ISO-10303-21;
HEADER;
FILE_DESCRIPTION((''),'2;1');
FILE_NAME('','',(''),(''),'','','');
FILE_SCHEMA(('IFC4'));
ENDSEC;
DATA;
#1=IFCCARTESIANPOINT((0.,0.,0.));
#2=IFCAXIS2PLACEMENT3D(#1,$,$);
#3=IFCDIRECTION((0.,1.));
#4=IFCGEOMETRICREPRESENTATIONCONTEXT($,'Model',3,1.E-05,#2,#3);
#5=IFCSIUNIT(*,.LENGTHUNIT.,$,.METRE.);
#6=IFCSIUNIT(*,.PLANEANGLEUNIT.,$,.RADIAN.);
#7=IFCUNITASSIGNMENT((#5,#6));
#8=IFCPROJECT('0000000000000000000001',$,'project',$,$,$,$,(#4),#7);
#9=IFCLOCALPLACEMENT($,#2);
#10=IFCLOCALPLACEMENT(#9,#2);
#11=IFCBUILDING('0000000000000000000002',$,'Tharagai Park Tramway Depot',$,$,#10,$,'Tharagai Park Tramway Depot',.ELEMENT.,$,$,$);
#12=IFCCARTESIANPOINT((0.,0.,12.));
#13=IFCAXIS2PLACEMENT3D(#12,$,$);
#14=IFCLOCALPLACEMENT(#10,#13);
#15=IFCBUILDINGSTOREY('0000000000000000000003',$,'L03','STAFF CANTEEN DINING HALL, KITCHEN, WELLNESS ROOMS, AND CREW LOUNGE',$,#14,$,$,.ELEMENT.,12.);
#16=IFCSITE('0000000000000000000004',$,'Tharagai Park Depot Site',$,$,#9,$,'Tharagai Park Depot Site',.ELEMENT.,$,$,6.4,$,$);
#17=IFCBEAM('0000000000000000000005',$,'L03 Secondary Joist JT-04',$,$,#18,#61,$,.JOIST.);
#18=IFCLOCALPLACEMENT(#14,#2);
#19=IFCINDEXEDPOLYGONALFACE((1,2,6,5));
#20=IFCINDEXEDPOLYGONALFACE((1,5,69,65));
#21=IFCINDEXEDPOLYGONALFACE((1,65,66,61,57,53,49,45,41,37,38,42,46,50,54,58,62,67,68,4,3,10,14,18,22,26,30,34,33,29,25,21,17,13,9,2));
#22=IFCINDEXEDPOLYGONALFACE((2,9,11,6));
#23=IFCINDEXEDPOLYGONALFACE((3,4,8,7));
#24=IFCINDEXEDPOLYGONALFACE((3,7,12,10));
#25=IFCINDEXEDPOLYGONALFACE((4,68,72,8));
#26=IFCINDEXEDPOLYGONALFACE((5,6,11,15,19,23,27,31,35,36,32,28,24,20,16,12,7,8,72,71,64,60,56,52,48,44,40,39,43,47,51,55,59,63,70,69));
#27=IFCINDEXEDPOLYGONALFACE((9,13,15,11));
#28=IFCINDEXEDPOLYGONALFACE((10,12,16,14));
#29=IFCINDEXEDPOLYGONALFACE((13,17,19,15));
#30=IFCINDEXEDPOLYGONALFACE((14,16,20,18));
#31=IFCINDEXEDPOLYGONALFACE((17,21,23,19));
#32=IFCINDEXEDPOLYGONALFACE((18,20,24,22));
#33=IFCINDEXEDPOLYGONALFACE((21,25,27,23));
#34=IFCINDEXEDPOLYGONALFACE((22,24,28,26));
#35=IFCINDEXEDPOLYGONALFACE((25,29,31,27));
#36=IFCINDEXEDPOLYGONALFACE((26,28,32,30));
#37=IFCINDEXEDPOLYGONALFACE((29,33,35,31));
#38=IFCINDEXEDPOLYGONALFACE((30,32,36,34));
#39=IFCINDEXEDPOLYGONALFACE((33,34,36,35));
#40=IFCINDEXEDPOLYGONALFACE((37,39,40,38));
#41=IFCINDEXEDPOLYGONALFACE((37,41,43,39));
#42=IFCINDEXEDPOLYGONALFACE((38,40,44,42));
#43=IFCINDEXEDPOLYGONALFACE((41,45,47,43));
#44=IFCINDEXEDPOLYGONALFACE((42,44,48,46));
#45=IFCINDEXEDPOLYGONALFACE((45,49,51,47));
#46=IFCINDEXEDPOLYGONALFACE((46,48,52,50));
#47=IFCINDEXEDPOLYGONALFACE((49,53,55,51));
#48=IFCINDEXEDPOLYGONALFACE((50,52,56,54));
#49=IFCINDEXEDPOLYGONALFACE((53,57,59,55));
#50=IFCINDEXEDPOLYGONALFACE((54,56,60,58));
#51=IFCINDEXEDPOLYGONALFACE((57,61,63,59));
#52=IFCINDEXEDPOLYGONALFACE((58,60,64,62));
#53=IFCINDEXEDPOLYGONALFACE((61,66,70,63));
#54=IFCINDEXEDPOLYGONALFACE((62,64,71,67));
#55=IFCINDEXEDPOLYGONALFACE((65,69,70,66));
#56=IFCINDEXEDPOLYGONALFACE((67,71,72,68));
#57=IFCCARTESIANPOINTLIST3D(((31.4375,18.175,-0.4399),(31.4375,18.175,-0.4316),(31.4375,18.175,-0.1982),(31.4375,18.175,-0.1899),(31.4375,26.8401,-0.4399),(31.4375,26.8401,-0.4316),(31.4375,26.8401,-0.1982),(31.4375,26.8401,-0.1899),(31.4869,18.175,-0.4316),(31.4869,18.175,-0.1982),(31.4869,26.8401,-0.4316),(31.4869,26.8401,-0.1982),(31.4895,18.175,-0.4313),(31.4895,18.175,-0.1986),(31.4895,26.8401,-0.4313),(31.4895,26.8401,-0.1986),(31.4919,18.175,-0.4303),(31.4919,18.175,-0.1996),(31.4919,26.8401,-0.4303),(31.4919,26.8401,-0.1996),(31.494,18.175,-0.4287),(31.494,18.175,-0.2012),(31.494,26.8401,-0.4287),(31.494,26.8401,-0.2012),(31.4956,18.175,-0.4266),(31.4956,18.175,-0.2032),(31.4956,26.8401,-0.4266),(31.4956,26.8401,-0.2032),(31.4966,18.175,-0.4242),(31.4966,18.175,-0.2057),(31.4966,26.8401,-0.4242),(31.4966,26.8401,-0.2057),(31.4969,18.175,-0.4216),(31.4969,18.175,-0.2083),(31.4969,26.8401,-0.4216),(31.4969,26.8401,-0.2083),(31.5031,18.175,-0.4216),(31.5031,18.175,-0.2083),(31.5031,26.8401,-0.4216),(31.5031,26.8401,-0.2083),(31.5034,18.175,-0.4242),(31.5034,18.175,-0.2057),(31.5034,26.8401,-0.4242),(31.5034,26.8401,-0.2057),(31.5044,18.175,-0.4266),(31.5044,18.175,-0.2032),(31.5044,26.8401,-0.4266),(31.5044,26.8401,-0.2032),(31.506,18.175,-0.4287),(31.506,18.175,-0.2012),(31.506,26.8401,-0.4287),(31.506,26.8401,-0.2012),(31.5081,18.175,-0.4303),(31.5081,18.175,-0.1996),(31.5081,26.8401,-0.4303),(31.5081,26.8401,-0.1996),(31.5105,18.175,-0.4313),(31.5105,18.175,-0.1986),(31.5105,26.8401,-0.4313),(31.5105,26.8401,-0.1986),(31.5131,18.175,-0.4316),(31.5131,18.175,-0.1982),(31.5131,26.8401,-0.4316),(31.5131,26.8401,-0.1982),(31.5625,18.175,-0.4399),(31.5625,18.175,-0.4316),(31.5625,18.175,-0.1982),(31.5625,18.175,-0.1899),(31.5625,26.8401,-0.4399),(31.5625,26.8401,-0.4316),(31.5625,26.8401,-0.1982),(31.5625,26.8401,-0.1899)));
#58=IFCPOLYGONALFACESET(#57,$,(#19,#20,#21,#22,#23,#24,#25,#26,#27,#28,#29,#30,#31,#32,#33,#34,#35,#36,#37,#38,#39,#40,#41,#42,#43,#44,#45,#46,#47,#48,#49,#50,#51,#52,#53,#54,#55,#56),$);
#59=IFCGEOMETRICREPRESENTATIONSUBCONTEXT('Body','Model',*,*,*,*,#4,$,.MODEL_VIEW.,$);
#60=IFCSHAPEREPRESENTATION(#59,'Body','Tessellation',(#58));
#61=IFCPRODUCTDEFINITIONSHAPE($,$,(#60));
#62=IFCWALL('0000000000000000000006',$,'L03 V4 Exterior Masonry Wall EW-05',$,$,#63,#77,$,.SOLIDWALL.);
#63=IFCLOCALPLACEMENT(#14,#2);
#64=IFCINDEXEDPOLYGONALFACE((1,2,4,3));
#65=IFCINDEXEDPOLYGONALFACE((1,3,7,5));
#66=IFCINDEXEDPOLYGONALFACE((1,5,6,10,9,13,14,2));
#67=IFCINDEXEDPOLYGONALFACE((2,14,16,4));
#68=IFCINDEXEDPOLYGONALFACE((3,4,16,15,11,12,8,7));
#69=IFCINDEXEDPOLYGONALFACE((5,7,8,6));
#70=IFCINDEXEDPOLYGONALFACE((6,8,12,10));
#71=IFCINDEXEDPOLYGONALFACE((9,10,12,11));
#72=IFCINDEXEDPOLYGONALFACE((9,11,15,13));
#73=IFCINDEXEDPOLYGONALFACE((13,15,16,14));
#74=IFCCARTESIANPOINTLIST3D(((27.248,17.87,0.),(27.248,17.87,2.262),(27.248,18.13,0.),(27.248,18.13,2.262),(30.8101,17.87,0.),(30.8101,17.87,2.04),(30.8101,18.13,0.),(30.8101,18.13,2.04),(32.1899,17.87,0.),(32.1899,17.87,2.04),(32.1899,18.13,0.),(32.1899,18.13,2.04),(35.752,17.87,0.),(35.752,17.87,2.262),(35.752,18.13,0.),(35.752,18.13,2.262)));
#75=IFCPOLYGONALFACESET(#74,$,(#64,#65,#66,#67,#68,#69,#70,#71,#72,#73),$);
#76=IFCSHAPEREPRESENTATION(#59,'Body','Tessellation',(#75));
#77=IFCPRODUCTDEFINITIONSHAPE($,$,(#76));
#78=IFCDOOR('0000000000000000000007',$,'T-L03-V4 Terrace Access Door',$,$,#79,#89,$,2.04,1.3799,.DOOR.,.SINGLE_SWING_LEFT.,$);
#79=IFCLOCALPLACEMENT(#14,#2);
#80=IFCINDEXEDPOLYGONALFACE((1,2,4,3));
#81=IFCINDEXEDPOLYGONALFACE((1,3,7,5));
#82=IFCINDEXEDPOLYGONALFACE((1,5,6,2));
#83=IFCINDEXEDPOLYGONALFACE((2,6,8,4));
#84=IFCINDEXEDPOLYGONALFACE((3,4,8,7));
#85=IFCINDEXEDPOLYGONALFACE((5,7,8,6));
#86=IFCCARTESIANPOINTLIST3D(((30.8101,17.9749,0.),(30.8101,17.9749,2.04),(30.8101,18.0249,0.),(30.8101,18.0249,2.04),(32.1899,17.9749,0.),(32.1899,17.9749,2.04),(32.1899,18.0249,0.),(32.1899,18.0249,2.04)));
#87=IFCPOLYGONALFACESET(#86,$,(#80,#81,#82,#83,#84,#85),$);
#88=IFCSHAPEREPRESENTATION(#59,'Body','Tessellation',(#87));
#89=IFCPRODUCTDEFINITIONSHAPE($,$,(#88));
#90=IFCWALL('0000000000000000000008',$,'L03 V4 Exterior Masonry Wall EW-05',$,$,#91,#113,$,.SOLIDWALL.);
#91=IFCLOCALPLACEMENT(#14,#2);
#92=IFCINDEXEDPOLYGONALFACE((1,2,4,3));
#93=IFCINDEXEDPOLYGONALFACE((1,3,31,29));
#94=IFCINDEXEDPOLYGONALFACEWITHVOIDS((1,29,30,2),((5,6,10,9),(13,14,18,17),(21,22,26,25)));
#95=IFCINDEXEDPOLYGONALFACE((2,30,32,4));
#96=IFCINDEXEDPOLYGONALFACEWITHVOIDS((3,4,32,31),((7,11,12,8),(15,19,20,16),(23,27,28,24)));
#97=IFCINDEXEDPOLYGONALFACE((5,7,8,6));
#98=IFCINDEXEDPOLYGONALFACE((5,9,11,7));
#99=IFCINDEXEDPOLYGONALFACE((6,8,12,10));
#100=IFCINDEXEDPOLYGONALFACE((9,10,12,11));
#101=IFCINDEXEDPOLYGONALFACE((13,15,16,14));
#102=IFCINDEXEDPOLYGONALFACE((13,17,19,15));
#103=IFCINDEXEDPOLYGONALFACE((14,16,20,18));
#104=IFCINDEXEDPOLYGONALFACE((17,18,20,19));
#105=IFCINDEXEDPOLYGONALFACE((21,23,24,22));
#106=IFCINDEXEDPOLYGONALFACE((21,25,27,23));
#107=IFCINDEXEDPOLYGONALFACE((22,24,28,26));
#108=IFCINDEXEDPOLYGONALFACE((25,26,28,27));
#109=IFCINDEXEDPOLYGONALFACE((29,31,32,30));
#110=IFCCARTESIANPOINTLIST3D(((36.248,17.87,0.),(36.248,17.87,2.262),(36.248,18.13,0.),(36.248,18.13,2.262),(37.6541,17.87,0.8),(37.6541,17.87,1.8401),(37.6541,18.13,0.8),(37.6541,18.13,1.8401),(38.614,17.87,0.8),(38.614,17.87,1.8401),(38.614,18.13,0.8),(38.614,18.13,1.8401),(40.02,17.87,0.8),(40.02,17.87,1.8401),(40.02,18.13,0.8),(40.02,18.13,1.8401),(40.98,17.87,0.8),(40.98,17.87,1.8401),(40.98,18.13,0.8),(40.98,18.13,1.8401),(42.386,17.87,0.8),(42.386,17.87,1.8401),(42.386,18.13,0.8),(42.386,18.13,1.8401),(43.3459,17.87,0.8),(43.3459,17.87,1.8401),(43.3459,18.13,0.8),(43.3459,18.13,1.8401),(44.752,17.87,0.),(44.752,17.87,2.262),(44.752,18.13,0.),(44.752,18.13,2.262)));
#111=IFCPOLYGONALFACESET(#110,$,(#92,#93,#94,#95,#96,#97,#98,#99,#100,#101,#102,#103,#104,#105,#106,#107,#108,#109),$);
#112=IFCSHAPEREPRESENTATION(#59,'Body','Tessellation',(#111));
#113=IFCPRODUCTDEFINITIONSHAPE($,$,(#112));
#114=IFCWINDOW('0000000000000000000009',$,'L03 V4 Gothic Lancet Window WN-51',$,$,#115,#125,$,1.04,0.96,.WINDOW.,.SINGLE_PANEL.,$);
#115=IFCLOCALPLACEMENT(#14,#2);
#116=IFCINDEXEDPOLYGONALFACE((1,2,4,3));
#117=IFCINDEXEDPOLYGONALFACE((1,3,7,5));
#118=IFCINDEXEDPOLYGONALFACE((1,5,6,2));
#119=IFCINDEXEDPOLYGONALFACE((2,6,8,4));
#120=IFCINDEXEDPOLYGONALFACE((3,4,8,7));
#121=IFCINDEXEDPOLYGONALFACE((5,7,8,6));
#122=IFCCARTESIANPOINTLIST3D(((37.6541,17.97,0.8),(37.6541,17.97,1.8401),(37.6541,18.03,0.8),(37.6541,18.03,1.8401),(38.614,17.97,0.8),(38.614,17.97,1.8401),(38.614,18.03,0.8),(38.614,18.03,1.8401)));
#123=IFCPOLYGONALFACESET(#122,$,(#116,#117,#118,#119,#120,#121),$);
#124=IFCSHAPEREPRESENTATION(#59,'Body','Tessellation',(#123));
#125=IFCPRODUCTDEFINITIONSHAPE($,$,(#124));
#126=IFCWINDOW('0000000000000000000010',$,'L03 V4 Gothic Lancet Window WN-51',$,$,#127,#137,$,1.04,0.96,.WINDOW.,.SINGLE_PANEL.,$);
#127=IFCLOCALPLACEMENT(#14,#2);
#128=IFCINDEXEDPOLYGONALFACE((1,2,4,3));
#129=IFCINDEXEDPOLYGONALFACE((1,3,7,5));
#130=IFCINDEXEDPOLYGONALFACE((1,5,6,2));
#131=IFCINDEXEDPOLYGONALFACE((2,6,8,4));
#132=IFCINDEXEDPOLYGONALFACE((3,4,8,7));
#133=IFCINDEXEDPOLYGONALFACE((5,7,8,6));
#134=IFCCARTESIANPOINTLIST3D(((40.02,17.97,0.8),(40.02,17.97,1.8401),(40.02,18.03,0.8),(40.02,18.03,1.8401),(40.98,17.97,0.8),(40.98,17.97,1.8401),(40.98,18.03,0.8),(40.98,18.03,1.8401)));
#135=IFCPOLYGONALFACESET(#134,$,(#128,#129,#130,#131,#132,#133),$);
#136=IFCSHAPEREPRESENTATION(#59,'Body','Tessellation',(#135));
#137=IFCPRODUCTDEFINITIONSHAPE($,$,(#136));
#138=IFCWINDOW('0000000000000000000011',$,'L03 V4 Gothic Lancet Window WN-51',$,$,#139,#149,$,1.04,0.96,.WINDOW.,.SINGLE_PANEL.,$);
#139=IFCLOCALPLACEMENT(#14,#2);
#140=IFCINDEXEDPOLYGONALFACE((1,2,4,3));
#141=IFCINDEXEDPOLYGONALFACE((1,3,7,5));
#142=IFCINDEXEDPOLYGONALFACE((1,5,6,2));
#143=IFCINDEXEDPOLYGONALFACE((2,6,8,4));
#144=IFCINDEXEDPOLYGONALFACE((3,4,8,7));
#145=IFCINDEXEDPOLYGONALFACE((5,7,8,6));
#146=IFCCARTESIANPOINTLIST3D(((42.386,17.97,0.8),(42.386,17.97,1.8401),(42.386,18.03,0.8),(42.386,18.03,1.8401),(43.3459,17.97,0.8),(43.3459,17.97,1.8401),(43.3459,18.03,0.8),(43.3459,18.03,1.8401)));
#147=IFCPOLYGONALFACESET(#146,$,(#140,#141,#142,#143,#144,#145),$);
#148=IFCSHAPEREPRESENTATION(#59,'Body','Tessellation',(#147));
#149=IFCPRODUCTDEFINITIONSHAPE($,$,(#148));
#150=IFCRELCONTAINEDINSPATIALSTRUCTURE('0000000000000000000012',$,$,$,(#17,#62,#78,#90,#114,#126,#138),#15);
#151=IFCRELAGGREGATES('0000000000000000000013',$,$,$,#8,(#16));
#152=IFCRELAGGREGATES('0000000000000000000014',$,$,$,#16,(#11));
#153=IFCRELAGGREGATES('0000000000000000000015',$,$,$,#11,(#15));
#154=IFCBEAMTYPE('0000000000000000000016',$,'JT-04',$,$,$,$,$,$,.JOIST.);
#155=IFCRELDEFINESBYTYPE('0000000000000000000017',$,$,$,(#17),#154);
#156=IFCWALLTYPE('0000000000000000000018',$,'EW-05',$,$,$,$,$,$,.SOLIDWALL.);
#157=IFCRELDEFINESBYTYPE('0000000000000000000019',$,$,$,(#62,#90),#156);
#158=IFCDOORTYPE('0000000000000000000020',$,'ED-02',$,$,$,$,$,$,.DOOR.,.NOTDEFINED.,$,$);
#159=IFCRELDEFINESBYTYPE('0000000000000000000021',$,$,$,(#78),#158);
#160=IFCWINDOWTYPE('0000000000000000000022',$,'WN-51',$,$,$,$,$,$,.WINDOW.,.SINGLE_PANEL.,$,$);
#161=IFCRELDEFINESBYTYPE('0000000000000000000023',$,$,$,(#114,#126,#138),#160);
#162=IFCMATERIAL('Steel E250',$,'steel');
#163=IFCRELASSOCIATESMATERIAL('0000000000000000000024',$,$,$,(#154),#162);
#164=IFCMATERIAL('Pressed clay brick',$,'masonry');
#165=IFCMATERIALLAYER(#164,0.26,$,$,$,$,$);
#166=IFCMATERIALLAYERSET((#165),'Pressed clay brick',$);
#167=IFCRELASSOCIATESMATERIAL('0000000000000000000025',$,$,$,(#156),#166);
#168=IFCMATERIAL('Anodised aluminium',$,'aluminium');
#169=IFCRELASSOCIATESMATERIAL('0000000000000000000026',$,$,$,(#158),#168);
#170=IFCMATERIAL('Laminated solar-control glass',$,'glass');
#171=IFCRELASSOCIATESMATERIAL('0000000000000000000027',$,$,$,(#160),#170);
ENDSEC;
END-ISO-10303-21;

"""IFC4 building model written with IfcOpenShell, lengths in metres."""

from ifc_helpers import new_model, si_unit, direction, frame, frame_2d, origin, origin_2d, place, context, subcontext, project, spatial, rectangle, i_section, extrude, material, layer, layer_set, material_profile, profile_set, type_object, element, fill, save


model = new_model("IFC4")

# Units and contexts
model_context = context("Model", 3, precision=1e-05, world=origin(), true_north=direction((0.0, 1.0)))
body_context = subcontext(model_context, "Body", "Model", "MODEL_VIEW")
ifc_project = project(units=[si_unit("LENGTHUNIT", "METRE"), si_unit("PLANEANGLEUNIT", "RADIAN")], contexts=[model_context])

# Site, building, storey
site_placement = place(None, origin())
site = spatial("IfcSite", under=ifc_project, at=site_placement, Name="Tharagai Park Depot Site", LongName="Tharagai Park Depot Site", CompositionType="ELEMENT", RefElevation=6.4)
building_placement = place(site_placement, origin())
building = spatial("IfcBuilding", under=site, at=building_placement, Name="Tharagai Park Tramway Depot", LongName="Tharagai Park Tramway Depot", CompositionType="ELEMENT")
storey_placement = place(building_placement, frame((0.0, 0.0, 12.0)))
storey = spatial("IfcBuildingStorey", under=building, at=storey_placement, Name="L03", Description="STAFF CANTEEN DINING HALL, KITCHEN, WELLNESS ROOMS, AND CREW LOUNGE", CompositionType="ELEMENT", Elevation=12.0)

# Beam
ifc_material_1 = material(Name="Steel E250", Category="steel")
ifc_material_profile_1 = material_profile(ifc_material_1, i_section(OverallWidth=0.125, OverallDepth=0.25, WebThickness=0.0061, FlangeThickness=0.0083, FilletRadius=0.01, at=origin_2d()), Name="ISLB 250")
ifc_profile_set_1 = profile_set([ifc_material_profile_1], Name="Steel E250")
beam_type_1 = type_object("IfcBeamType", Name="JT-04", PredefinedType="JOIST", material=ifc_profile_set_1)
beam_1_placement = place(storey_placement, frame((31.5, 18.175, -0.3149), z_axis=(0.0, 1.0, 0.0), x_axis=(-1.0, 0.0, 0.0)))
element("IfcBeam", 1, at=beam_1_placement, inside=storey, type_object=beam_type_1, Name="L03 Secondary Joist JT-04", PredefinedType="JOIST", context=body_context, shape_type="SweptSolid", body=[
    extrude(i_section(OverallWidth=0.125, OverallDepth=0.25, WebThickness=0.0061, FlangeThickness=0.0083, FilletRadius=0.01, at=origin_2d()), origin(), (0.0, 0.0, 1.0), 8.665),
])

# Wall, opening, door
ifc_material_2 = material(Name="Pressed clay brick", Category="masonry")
ifc_layer_1 = layer(ifc_material_2, 0.26)
ifc_layer_set_1 = layer_set([ifc_layer_1], Name="Pressed clay brick")
wall_type_1 = type_object("IfcWallType", Name="EW-05", PredefinedType="SOLIDWALL", material=ifc_layer_set_1)
wall_1_placement = place(storey_placement, frame((27.248, 18.0, 0.0), z_axis=(0.0, 0.0, 1.0), x_axis=(1.0, 0.0, 0.0)))
wall_1 = element("IfcWall", 2, at=wall_1_placement, inside=storey, type_object=wall_type_1, Name="L03 V4 Exterior Masonry Wall EW-05", PredefinedType="SOLIDWALL", context=body_context, shape_type="SweptSolid", body=[
    extrude(rectangle(XDim=8.5039, YDim=0.26, at=frame_2d((4.252, 0.0))), origin(), (0.0, 0.0, 1.0), 2.262),
])
opening_1_placement = place(wall_1_placement, frame((3.562, 0.0, 0.0)))
opening_1 = element("IfcOpeningElement", 3, at=opening_1_placement, cuts=wall_1, PredefinedType="OPENING", context=body_context, shape_type="SweptSolid", body=[
    extrude(rectangle(XDim=1.3799, YDim=2.04, at=frame_2d((0.6899, 1.02))), frame((0.0, 0.1399, 0.0), z_axis=(0.0, -1.0, 0.0), x_axis=(1.0, 0.0, 0.0)), (0.0, 0.0, 1.0), 0.28),
])
ifc_material_3 = material(Name="Anodised aluminium", Category="aluminium")
door_type = type_object("IfcDoorType", Name="ED-02", OperationType="NOTDEFINED", PredefinedType="DOOR", material=ifc_material_3)
door_placement = place(opening_1_placement, origin())
door = element("IfcDoor", 4, at=door_placement, inside=storey, type_object=door_type, Name="T-L03-V4 Terrace Access Door", OperationType="SINGLE_SWING_LEFT", OverallHeight=2.04, OverallWidth=1.3799, PredefinedType="DOOR", context=body_context, shape_type="SweptSolid", body=[
    extrude(rectangle(XDim=1.3799, YDim=2.04, at=frame_2d((0.6899, 1.02))), frame((0.0, 0.0249, 0.0), z_axis=(0.0, -1.0, 0.0), x_axis=(1.0, 0.0, 0.0)), (0.0, 0.0, 1.0), 0.05),
])
fill(opening_1, door)

# Wall, openings, windows
wall_2_placement = place(storey_placement, frame((36.248, 18.0, 0.0), z_axis=(0.0, 0.0, 1.0), x_axis=(1.0, 0.0, 0.0)))
wall_2 = element("IfcWall", 5, at=wall_2_placement, inside=storey, type_object=wall_type_1, Name="L03 V4 Exterior Masonry Wall EW-05", PredefinedType="SOLIDWALL", context=body_context, shape_type="SweptSolid", body=[
    extrude(rectangle(XDim=8.5039, YDim=0.26, at=frame_2d((4.252, 0.0))), origin(), (0.0, 0.0, 1.0), 2.262),
])
opening_2_placement = place(wall_2_placement, frame((1.406, 0.0, 0.8)))
opening_2 = element("IfcOpeningElement", 6, at=opening_2_placement, cuts=wall_2, PredefinedType="OPENING", context=body_context, shape_type="SweptSolid", body=[
    extrude(rectangle(XDim=0.96, YDim=1.04, at=frame_2d((0.48, 0.52))), frame((0.0, 0.1399, 0.0), z_axis=(0.0, -1.0, 0.0), x_axis=(1.0, 0.0, 0.0)), (0.0, 0.0, 1.0), 0.28),
])
opening_3_placement = place(wall_2_placement, frame((3.772, 0.0, 0.8)))
opening_3 = element("IfcOpeningElement", 7, at=opening_3_placement, cuts=wall_2, PredefinedType="OPENING", context=body_context, shape_type="SweptSolid", body=[
    extrude(rectangle(XDim=0.96, YDim=1.04, at=frame_2d((0.48, 0.52))), frame((0.0, 0.1399, 0.0), z_axis=(0.0, -1.0, 0.0), x_axis=(1.0, 0.0, 0.0)), (0.0, 0.0, 1.0), 0.28),
])
opening_4_placement = place(wall_2_placement, frame((6.1379, 0.0, 0.8)))
opening_4 = element("IfcOpeningElement", 8, at=opening_4_placement, cuts=wall_2, PredefinedType="OPENING", context=body_context, shape_type="SweptSolid", body=[
    extrude(rectangle(XDim=0.96, YDim=1.04, at=frame_2d((0.48, 0.52))), frame((0.0, 0.1399, 0.0), z_axis=(0.0, -1.0, 0.0), x_axis=(1.0, 0.0, 0.0)), (0.0, 0.0, 1.0), 0.28),
])
ifc_material_4 = material(Name="Laminated solar-control glass", Category="glass")
window_type_1 = type_object("IfcWindowType", Name="WN-51", PartitioningType="SINGLE_PANEL", PredefinedType="WINDOW", material=ifc_material_4)
window_1_placement = place(opening_2_placement, origin())
window_1 = element("IfcWindow", 9, at=window_1_placement, inside=storey, type_object=window_type_1, Name="L03 V4 Gothic Lancet Window WN-51", OverallHeight=1.04, OverallWidth=0.96, PartitioningType="SINGLE_PANEL", PredefinedType="WINDOW", context=body_context, shape_type="SweptSolid", body=[
    extrude(rectangle(XDim=0.96, YDim=1.04, at=frame_2d((0.48, 0.52))), frame((0.0, 0.03, 0.0), z_axis=(0.0, -1.0, 0.0), x_axis=(1.0, 0.0, 0.0)), (0.0, 0.0, 1.0), 0.0601),
])
fill(opening_2, window_1)
window_2_placement = place(opening_3_placement, origin())
window_2 = element("IfcWindow", 10, at=window_2_placement, inside=storey, type_object=window_type_1, Name="L03 V4 Gothic Lancet Window WN-51", OverallHeight=1.04, OverallWidth=0.96, PartitioningType="SINGLE_PANEL", PredefinedType="WINDOW", context=body_context, shape_type="SweptSolid", body=[
    extrude(rectangle(XDim=0.96, YDim=1.04, at=frame_2d((0.48, 0.52))), frame((0.0, 0.03, 0.0), z_axis=(0.0, -1.0, 0.0), x_axis=(1.0, 0.0, 0.0)), (0.0, 0.0, 1.0), 0.0601),
])
fill(opening_3, window_2)
window_3_placement = place(opening_4_placement, origin())
window_3 = element("IfcWindow", 11, at=window_3_placement, inside=storey, type_object=window_type_1, Name="L03 V4 Gothic Lancet Window WN-51", OverallHeight=1.04, OverallWidth=0.96, PartitioningType="SINGLE_PANEL", PredefinedType="WINDOW", context=body_context, shape_type="SweptSolid", body=[
    extrude(rectangle(XDim=0.96, YDim=1.04, at=frame_2d((0.48, 0.52))), frame((0.0, 0.03, 0.0), z_axis=(0.0, -1.0, 0.0), x_axis=(1.0, 0.0, 0.0)), (0.0, 0.0, 1.0), 0.0601),
])
fill(opening_4, window_3)

save(model, "model.ifc")
